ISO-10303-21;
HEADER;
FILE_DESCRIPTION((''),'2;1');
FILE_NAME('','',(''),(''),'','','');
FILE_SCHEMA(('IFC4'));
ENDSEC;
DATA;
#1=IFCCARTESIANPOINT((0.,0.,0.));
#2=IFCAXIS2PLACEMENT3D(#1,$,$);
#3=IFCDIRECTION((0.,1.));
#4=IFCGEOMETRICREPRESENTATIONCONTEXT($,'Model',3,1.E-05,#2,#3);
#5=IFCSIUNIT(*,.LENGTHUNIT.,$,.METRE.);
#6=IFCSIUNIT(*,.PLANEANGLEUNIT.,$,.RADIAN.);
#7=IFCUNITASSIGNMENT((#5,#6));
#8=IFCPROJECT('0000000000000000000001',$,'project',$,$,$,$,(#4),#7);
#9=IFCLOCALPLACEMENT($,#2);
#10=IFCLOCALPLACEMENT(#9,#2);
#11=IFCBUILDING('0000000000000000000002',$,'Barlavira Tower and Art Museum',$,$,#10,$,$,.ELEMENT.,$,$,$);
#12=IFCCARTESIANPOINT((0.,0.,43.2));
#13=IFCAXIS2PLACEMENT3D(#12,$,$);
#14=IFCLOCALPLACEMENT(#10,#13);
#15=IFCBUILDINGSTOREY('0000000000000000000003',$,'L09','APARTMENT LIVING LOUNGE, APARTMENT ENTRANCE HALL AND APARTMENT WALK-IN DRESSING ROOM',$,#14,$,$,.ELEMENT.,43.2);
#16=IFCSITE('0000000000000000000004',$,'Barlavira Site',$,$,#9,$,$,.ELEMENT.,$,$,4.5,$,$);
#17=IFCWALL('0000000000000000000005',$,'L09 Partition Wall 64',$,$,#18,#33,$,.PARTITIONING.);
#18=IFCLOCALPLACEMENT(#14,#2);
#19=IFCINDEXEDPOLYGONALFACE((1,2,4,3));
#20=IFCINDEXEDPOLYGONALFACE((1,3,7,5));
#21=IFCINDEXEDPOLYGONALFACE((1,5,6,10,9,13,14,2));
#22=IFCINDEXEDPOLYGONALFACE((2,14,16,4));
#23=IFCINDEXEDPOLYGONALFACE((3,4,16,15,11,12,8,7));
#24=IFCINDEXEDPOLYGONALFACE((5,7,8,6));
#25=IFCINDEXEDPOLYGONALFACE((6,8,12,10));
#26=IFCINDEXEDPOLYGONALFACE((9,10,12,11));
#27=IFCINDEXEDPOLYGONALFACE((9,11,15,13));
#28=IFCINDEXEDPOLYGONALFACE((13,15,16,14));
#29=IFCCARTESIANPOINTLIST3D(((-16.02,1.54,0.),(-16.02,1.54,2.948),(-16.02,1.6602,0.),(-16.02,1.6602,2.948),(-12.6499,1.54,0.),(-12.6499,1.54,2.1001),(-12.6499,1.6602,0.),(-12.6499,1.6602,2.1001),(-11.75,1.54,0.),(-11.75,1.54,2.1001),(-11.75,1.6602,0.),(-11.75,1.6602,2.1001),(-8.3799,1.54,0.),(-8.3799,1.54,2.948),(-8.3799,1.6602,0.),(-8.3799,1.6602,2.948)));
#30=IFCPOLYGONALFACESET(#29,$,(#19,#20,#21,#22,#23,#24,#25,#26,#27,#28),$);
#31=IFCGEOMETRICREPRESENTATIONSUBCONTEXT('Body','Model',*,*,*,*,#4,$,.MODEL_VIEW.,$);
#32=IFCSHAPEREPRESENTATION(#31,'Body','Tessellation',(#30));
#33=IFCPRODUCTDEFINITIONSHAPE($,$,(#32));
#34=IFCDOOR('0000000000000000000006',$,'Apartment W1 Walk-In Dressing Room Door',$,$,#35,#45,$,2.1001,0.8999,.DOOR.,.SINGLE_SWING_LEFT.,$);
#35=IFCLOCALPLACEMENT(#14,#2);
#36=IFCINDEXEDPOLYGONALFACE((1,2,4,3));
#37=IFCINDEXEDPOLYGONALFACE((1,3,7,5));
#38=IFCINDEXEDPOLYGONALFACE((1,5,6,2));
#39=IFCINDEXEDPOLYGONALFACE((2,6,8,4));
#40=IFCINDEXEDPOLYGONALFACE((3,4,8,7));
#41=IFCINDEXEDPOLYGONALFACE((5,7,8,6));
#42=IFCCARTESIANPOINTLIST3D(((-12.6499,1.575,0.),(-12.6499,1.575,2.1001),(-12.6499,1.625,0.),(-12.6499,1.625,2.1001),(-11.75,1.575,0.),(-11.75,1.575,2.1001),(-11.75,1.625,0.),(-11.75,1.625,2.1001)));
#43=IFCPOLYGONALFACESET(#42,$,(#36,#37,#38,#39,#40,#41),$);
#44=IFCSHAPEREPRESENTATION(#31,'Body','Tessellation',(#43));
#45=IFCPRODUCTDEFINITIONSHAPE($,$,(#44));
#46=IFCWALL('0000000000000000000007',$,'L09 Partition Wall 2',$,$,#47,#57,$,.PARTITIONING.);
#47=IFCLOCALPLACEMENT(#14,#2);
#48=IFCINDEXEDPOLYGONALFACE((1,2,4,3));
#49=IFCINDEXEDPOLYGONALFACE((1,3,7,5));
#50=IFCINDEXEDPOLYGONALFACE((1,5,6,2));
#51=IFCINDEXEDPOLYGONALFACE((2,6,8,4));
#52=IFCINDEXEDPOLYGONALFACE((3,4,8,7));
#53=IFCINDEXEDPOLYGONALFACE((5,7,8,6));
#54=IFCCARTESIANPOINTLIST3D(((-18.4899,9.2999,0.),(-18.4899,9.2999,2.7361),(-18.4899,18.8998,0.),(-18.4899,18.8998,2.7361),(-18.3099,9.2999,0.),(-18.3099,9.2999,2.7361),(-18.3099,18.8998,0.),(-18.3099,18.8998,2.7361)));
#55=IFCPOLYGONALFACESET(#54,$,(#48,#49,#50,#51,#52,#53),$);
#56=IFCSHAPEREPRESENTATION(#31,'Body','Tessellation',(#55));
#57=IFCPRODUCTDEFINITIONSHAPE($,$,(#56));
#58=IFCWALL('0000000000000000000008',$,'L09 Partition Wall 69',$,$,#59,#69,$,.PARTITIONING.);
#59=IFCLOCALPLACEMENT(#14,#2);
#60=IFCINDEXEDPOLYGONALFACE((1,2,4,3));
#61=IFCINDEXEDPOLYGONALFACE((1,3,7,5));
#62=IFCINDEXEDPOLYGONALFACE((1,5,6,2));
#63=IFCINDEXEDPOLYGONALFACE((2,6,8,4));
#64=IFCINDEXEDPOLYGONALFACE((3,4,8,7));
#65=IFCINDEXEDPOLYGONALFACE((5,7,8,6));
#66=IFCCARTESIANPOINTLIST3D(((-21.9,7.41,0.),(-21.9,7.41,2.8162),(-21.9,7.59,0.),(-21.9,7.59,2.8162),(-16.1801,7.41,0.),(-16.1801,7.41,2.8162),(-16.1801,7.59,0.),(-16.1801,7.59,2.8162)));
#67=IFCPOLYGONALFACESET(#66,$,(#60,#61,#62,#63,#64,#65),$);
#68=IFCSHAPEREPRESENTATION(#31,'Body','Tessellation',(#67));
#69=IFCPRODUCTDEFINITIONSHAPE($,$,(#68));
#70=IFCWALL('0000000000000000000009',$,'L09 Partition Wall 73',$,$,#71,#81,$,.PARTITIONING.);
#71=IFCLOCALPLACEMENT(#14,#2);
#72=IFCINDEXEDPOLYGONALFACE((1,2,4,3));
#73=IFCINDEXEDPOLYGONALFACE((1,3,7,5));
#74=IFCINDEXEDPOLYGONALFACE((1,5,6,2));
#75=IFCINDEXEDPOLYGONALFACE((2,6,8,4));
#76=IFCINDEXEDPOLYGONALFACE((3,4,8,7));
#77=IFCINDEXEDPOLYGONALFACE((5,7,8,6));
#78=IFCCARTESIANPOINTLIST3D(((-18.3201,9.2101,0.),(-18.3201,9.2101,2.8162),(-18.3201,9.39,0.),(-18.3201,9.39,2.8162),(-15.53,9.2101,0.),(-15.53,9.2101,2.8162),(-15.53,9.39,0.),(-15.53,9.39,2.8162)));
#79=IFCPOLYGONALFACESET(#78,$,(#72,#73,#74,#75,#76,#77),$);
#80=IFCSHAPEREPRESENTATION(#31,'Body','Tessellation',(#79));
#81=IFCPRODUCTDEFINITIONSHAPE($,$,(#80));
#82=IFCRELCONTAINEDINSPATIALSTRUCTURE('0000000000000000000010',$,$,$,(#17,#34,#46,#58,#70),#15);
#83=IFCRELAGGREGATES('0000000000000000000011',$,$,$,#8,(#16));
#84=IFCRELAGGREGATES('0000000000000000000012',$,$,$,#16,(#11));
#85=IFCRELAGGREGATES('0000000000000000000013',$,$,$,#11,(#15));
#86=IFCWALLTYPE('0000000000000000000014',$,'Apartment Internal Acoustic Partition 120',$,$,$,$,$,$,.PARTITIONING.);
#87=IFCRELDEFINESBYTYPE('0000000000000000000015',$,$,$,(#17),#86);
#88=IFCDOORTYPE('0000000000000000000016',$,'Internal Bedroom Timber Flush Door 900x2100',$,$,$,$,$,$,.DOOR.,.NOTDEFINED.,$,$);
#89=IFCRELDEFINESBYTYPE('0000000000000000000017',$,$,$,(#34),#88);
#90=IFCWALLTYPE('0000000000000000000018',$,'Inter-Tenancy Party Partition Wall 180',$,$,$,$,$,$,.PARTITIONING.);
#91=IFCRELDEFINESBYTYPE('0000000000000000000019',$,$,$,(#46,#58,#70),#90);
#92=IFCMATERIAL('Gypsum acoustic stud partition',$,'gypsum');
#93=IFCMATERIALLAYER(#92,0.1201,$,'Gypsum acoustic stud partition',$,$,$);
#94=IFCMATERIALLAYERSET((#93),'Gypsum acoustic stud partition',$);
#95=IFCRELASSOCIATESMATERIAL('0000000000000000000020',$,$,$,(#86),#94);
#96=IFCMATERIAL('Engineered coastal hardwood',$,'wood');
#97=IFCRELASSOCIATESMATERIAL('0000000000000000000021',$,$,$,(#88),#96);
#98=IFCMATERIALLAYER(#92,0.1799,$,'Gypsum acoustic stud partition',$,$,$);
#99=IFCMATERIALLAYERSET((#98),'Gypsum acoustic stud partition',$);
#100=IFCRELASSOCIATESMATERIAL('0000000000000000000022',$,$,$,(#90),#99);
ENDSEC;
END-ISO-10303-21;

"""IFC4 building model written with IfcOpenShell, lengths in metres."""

from ifc_helpers import new_model, si_unit, direction, frame, frame_2d, origin, place, context, subcontext, project, spatial, rectangle, extrude, material, layer, layer_set, type_object, element, fill, save


model = new_model("IFC4")

# Units and contexts
model_context = context("Model", 3, precision=1e-05, world=origin(), true_north=direction((0.0, 1.0)))
body_context = subcontext(model_context, "Body", "Model", "MODEL_VIEW")
ifc_project = project(units=[si_unit("LENGTHUNIT", "METRE"), si_unit("PLANEANGLEUNIT", "RADIAN")], contexts=[model_context])

# Site, building, storey
site_placement = place(None, origin())
site = spatial("IfcSite", under=ifc_project, at=site_placement, Name="Barlavira Site", CompositionType="ELEMENT", RefElevation=4.5)
building_placement = place(site_placement, origin())
building = spatial("IfcBuilding", under=site, at=building_placement, Name="Barlavira Tower and Art Museum", CompositionType="ELEMENT")
storey_placement = place(building_placement, frame((0.0, 0.0, 43.2)))
storey = spatial("IfcBuildingStorey", under=building, at=storey_placement, Name="L09", Description="APARTMENT LIVING LOUNGE, APARTMENT ENTRANCE HALL AND APARTMENT WALK-IN DRESSING ROOM", CompositionType="ELEMENT", Elevation=43.2)

# Wall, opening, door
ifc_material_1 = material(Name="Gypsum acoustic stud partition", Category="gypsum")
ifc_layer_1 = layer(ifc_material_1, 0.1201, Name="Gypsum acoustic stud partition")
ifc_layer_set_1 = layer_set([ifc_layer_1], Name="Gypsum acoustic stud partition")
wall_type_1 = type_object("IfcWallType", Name="Apartment Internal Acoustic Partition 120", PredefinedType="PARTITIONING", material=ifc_layer_set_1)
ifc_material_2 = material(Name="Engineered coastal hardwood", Category="wood")
door_type = type_object("IfcDoorType", Name="Internal Bedroom Timber Flush Door 900x2100", OperationType="NOTDEFINED", PredefinedType="DOOR", material=ifc_material_2)
wall_1_placement = place(storey_placement, frame((-16.02, 1.6001, 0.0), z_axis=(0.0, 0.0, 1.0), x_axis=(1.0, 0.0, 0.0)))
wall_1 = element("IfcWall", 1, at=wall_1_placement, inside=storey, type_object=wall_type_1, Name="L09 Partition Wall 64", PredefinedType="PARTITIONING", context=body_context, shape_type="SweptSolid", body=[
    extrude(rectangle(XDim=7.6401, YDim=0.1201, at=frame_2d((3.8201, 0.0))), origin(), (0.0, 0.0, 1.0), 2.948),
])
opening_1_placement = place(wall_1_placement, frame((3.3701, 0.0, 0.0)))
opening_1 = element("IfcOpeningElement", 2, at=opening_1_placement, cuts=wall_1, PredefinedType="OPENING", context=body_context, shape_type="SweptSolid", body=[
    extrude(rectangle(XDim=0.8999, YDim=2.1001, at=frame_2d((0.45, 1.05))), frame((0.0, 0.0701, 0.0), z_axis=(0.0, -1.0, 0.0), x_axis=(1.0, 0.0, 0.0)), (0.0, 0.0, 1.0), 0.1401),
])
door_1_placement = place(opening_1_placement, origin())
door_1 = element("IfcDoor", 3, at=door_1_placement, inside=storey, type_object=door_type, Name="Apartment W1 Walk-In Dressing Room Door", OperationType="SINGLE_SWING_LEFT", OverallHeight=2.1001, OverallWidth=0.8999, PredefinedType="DOOR", context=body_context, shape_type="SweptSolid", body=[
    extrude(rectangle(XDim=0.8999, YDim=2.1001, at=frame_2d((0.45, 1.05))), frame((0.0, 0.0249, 0.0), z_axis=(0.0, -1.0, 0.0), x_axis=(1.0, 0.0, 0.0)), (0.0, 0.0, 1.0), 0.05),
])
fill(opening_1, door_1)

# Walls
ifc_layer_2 = layer(ifc_material_1, 0.1799, Name="Gypsum acoustic stud partition")
ifc_layer_set_2 = layer_set([ifc_layer_2], Name="Gypsum acoustic stud partition")
wall_type_2 = type_object("IfcWallType", Name="Inter-Tenancy Party Partition Wall 180", PredefinedType="PARTITIONING", material=ifc_layer_set_2)
wall_2_placement = place(storey_placement, frame((-18.3999, 9.3, 0.0), z_axis=(0.0, 0.0, 1.0), x_axis=(0.0, 1.0, 0.0)))
element("IfcWall", 4, at=wall_2_placement, inside=storey, type_object=wall_type_2, Name="L09 Partition Wall 2", PredefinedType="PARTITIONING", context=body_context, shape_type="SweptSolid", body=[
    extrude(rectangle(XDim=9.5999, YDim=0.1799, at=frame_2d((4.7998, 0.0))), origin(), (0.0, 0.0, 1.0), 2.7361),
])
wall_3_placement = place(storey_placement, frame((-21.8999, 7.5, 0.0), z_axis=(0.0, 0.0, 1.0), x_axis=(1.0, 0.0, 0.0)))
element("IfcWall", 5, at=wall_3_placement, inside=storey, type_object=wall_type_2, Name="L09 Partition Wall 69", PredefinedType="PARTITIONING", context=body_context, shape_type="SweptSolid", body=[
    extrude(rectangle(XDim=5.72, YDim=0.1799, at=frame_2d((2.8599, 0.0))), origin(), (0.0, 0.0, 1.0), 2.8162),
])
wall_4_placement = place(storey_placement, frame((-18.3201, 9.3, 0.0), z_axis=(0.0, 0.0, 1.0), x_axis=(1.0, 0.0, 0.0)))
element("IfcWall", 6, at=wall_4_placement, inside=storey, type_object=wall_type_2, Name="L09 Partition Wall 73", PredefinedType="PARTITIONING", context=body_context, shape_type="SweptSolid", body=[
    extrude(rectangle(XDim=2.79, YDim=0.1799, at=frame_2d((1.395, 0.0))), origin(), (0.0, 0.0, 1.0), 2.8162),
])

save(model, "model.ifc")
